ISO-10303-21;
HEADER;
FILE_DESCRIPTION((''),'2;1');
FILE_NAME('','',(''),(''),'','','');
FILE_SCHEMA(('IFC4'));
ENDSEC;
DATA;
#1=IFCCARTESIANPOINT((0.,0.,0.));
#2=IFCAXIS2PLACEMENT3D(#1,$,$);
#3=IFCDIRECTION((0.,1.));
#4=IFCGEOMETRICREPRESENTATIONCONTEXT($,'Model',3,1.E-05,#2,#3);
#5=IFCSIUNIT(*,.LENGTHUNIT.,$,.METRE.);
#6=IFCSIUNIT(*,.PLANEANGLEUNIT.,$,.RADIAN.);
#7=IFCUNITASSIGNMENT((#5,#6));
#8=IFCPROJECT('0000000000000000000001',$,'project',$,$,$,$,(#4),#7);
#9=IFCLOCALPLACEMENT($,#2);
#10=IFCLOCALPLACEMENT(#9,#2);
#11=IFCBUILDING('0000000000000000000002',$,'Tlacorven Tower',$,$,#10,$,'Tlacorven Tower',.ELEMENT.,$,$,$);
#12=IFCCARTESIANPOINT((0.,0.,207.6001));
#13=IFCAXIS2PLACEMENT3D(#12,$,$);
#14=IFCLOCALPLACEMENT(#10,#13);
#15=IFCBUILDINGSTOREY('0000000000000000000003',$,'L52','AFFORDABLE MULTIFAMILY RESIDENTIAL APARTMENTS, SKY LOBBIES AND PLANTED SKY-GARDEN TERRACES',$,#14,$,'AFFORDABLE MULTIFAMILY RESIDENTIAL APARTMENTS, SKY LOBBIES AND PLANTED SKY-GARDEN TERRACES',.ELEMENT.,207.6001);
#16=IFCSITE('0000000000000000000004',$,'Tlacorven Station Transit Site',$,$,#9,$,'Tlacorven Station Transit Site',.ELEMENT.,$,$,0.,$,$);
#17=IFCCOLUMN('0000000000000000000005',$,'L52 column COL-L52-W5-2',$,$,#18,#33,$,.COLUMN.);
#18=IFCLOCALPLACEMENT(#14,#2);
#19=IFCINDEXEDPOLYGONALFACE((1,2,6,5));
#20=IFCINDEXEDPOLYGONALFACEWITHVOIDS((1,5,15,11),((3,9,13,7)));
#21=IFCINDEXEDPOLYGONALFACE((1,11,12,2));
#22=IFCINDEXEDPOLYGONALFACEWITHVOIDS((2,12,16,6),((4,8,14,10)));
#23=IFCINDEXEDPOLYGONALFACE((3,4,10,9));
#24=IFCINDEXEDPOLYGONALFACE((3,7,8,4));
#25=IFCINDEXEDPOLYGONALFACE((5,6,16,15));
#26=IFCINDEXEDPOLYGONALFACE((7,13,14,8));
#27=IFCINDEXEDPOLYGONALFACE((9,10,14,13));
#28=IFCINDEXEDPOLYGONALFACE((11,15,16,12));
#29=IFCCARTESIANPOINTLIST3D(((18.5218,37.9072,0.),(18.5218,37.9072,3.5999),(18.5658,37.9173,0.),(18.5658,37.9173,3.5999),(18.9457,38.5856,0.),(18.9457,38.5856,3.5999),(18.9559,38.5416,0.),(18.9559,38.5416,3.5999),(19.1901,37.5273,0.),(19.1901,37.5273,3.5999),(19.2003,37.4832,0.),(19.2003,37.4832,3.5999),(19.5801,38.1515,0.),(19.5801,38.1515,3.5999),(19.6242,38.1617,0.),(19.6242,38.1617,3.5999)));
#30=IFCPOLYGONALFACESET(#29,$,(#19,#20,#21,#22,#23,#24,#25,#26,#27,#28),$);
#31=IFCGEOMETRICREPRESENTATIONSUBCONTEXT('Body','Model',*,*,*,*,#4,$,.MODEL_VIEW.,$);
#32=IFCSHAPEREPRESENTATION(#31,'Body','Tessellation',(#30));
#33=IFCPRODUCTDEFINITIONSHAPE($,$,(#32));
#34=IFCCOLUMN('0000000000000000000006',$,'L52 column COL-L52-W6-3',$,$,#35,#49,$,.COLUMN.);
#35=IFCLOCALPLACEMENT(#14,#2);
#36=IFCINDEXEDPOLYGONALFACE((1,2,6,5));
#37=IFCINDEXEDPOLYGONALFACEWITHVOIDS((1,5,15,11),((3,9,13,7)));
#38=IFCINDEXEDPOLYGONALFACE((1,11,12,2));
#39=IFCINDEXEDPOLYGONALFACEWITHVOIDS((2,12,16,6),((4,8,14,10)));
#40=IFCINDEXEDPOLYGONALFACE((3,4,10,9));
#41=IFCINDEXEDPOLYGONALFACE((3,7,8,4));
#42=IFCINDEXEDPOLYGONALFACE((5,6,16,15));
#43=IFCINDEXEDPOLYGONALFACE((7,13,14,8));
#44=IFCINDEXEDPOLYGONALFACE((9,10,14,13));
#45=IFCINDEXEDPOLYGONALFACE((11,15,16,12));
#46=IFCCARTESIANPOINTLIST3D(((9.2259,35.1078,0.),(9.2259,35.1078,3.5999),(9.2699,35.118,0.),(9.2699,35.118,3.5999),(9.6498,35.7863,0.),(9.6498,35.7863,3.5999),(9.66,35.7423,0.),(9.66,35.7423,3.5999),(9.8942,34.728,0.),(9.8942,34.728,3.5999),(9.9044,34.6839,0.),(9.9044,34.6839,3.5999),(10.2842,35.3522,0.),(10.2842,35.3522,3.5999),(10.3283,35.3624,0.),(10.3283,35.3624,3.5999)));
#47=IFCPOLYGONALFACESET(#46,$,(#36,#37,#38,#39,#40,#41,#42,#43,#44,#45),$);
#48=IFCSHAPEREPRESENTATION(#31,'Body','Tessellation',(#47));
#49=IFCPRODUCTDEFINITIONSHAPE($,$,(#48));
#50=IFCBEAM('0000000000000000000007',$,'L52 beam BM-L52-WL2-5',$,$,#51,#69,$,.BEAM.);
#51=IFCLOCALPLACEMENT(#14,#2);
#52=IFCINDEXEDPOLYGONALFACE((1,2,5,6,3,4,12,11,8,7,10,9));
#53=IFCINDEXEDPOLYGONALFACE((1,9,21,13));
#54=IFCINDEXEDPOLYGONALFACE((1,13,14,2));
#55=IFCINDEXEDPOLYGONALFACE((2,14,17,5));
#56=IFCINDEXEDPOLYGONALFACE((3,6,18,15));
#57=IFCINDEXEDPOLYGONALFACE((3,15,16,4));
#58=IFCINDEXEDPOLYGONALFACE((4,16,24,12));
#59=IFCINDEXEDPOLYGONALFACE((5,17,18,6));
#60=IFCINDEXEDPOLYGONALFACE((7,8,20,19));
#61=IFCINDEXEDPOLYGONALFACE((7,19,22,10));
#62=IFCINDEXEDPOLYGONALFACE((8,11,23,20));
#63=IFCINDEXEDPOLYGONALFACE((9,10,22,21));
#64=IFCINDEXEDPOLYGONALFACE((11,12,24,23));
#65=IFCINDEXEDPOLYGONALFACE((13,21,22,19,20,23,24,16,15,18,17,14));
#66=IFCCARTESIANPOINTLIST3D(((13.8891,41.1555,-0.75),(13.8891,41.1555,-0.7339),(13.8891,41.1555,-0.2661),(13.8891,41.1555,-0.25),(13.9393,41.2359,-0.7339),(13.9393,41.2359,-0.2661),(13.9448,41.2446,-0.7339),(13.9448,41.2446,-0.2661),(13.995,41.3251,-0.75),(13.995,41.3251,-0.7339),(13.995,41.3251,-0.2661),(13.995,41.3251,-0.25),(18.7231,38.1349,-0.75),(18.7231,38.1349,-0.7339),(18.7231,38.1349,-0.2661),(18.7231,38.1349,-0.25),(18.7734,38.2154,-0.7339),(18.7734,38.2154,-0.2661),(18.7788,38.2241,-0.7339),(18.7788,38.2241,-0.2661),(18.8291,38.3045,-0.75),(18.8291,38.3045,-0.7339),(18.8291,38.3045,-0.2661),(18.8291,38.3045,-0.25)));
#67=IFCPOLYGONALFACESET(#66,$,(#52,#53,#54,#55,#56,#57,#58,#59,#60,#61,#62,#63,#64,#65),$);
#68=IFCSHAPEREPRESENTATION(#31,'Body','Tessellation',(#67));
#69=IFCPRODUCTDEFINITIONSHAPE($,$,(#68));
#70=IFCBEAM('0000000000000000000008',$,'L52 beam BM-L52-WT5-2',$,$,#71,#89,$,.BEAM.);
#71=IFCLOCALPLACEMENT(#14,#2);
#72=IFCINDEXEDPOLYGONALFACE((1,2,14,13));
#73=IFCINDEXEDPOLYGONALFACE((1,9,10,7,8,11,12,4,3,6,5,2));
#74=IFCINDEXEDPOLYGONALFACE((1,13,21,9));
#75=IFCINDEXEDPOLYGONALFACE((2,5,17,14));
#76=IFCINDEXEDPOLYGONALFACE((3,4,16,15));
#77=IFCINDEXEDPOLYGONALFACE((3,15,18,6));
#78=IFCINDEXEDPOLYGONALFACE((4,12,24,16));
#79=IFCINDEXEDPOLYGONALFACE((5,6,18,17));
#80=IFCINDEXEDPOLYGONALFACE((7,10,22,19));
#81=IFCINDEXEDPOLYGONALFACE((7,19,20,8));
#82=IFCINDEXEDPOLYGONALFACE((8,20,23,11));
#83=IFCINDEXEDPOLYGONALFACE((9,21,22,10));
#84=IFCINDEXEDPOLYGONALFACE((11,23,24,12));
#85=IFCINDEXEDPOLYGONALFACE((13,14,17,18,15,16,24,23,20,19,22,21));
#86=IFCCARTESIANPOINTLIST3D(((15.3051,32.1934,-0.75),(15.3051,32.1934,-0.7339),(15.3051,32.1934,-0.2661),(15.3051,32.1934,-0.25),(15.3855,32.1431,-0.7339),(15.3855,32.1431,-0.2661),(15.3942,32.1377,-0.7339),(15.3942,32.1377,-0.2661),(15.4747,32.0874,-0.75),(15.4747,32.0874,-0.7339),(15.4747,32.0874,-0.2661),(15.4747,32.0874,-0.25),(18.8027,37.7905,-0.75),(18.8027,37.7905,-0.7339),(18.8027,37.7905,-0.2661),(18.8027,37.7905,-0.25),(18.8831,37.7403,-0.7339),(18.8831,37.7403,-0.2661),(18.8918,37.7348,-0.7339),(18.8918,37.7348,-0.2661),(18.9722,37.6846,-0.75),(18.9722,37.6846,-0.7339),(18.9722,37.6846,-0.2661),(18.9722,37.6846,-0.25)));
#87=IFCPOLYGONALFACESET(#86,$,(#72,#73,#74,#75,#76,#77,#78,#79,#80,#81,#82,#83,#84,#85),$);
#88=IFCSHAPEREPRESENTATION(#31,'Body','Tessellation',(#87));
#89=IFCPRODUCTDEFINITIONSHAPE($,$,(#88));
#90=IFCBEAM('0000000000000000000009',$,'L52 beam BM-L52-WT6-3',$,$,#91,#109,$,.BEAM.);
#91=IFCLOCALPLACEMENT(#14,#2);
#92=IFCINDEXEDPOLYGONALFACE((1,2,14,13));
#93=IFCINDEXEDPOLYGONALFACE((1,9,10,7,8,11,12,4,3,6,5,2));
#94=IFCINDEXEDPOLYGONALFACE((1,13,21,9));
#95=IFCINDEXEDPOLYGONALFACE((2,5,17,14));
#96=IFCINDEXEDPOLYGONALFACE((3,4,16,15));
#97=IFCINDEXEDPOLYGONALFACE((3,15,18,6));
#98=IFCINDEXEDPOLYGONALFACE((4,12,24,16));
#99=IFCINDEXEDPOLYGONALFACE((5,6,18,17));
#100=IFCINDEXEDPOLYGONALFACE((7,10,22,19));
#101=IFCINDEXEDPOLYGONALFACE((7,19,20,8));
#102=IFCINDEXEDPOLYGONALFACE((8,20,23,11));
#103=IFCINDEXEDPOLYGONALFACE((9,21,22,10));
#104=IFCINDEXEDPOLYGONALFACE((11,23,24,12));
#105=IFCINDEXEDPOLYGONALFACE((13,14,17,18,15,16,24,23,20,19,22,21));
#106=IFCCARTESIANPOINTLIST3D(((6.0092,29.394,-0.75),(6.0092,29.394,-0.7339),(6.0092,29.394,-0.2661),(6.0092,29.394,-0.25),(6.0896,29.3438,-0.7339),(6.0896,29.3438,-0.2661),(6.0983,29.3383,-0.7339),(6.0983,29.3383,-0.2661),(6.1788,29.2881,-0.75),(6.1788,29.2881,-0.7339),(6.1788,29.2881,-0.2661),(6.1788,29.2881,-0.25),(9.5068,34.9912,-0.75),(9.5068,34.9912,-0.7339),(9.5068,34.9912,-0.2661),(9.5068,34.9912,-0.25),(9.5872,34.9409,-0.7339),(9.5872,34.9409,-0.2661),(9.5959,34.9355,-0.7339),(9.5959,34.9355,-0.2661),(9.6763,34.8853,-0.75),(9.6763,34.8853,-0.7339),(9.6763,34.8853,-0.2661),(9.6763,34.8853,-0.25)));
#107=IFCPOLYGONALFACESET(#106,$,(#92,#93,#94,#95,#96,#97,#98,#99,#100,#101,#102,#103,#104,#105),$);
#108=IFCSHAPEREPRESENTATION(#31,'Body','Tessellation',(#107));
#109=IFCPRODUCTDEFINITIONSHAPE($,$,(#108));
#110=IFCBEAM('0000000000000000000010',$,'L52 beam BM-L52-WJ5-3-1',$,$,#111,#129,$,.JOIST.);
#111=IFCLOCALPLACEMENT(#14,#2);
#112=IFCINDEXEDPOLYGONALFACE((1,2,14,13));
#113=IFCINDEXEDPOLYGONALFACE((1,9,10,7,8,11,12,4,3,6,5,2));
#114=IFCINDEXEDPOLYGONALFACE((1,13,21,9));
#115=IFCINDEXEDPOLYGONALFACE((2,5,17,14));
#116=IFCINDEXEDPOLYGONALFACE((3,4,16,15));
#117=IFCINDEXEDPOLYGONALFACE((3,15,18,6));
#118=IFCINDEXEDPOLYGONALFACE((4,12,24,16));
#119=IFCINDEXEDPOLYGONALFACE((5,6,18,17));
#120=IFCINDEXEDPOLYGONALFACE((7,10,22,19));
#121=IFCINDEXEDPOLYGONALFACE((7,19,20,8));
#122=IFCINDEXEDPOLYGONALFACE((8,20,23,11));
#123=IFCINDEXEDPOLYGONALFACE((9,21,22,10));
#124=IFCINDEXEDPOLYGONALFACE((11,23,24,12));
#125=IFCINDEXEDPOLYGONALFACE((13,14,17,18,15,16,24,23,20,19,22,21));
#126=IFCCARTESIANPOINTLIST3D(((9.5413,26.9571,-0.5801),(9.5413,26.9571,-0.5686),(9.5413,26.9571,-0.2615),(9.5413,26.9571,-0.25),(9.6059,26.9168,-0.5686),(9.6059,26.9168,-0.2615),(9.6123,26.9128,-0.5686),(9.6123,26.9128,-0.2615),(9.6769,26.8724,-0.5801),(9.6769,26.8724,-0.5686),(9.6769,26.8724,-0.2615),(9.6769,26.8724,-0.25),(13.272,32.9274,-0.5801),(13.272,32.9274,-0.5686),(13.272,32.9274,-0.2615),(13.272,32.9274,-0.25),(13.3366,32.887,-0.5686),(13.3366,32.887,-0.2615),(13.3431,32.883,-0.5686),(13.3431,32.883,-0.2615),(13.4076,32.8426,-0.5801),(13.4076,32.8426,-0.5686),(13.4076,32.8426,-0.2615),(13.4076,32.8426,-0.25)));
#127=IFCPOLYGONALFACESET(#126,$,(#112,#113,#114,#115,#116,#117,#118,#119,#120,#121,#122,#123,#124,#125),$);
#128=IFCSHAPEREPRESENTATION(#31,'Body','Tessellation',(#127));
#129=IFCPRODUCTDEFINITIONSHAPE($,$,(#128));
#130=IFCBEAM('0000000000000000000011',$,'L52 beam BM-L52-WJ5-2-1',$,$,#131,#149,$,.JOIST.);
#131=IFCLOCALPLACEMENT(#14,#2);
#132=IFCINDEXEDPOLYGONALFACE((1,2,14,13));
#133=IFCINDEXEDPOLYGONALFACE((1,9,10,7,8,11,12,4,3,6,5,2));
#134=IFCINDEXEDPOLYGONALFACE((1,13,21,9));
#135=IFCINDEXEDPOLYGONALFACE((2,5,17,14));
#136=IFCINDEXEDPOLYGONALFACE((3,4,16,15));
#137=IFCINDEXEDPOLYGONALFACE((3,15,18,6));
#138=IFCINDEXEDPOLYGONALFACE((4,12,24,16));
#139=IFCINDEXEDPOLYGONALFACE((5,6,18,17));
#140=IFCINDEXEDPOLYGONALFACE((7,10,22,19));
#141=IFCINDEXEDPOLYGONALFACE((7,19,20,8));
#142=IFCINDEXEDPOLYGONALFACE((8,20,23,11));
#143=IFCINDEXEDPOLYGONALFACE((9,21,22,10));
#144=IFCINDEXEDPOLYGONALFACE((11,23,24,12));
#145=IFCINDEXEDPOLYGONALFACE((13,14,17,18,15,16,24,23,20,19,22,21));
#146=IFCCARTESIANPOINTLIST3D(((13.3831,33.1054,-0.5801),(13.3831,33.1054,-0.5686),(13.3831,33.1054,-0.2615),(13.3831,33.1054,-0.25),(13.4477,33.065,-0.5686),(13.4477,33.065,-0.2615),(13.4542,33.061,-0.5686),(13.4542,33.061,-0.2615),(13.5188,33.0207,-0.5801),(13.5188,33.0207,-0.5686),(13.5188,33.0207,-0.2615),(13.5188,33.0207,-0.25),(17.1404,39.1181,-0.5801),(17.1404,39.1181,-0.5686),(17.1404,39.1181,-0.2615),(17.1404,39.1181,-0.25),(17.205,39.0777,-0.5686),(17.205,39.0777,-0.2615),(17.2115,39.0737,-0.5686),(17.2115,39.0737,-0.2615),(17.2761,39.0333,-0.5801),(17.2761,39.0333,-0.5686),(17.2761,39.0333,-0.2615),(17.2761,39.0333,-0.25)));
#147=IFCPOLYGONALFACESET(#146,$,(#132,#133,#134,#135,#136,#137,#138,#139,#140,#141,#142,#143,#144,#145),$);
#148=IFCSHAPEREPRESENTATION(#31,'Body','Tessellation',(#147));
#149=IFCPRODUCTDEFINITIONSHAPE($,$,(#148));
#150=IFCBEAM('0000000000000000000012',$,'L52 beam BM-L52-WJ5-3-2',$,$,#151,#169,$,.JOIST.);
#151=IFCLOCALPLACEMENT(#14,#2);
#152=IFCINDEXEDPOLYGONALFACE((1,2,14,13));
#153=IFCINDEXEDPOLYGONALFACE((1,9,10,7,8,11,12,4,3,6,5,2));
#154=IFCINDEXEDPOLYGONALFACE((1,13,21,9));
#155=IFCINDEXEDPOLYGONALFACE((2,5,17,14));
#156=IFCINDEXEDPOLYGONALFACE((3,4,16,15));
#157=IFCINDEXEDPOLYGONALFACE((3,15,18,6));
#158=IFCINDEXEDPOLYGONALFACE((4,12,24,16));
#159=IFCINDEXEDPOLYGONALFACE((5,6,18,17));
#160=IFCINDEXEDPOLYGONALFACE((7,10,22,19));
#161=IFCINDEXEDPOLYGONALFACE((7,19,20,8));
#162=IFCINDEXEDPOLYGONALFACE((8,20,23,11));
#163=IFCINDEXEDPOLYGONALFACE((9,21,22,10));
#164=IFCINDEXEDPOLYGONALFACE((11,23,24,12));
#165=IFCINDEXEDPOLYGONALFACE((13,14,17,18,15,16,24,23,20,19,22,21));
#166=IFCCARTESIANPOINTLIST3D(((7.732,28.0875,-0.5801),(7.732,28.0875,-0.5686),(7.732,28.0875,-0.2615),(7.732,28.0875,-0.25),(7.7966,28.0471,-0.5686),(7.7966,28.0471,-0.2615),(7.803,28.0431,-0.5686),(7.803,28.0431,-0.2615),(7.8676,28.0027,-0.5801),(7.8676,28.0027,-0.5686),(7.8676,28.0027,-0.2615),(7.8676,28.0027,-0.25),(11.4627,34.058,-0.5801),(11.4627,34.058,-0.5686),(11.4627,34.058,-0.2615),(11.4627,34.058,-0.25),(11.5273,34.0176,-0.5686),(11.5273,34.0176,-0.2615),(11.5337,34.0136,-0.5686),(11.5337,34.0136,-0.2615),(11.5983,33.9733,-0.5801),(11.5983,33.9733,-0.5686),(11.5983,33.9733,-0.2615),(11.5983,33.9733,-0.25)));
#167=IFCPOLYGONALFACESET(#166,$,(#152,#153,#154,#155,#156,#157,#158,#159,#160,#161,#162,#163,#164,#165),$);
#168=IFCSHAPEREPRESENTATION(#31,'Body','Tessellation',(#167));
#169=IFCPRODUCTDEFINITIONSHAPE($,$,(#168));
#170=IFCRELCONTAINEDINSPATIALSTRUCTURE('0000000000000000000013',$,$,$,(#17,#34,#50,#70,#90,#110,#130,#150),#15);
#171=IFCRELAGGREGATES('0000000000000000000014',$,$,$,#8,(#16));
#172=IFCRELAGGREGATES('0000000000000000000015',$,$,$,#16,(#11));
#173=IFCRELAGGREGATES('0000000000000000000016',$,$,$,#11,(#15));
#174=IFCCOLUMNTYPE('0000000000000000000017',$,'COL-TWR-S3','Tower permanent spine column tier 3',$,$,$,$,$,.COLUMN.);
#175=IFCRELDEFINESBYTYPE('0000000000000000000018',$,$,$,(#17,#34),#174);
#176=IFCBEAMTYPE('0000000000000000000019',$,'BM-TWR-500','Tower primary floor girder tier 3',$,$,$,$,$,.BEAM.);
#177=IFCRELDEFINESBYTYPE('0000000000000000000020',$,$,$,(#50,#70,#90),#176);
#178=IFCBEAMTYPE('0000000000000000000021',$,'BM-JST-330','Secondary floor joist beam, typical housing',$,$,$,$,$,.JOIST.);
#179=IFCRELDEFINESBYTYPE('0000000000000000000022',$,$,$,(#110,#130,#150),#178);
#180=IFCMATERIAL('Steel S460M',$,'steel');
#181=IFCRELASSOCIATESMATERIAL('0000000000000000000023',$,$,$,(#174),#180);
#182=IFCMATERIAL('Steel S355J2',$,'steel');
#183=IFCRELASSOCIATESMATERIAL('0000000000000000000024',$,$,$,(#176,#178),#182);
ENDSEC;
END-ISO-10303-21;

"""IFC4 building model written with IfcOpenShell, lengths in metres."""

from ifc_helpers import new_model, si_unit, direction, frame, origin, origin_2d, place, context, subcontext, project, spatial, hollow_rectangle, i_section, extrude, source, transform, mapped, material, material_profile, profile_set, type_object, element, save


model = new_model("IFC4")

# Units and contexts
model_context = context("Model", 3, precision=1e-05, world=origin(), true_north=direction((0.0, 1.0)))
body_context = subcontext(model_context, "Body", "Model", "MODEL_VIEW")
ifc_project = project(units=[si_unit("LENGTHUNIT", "METRE"), si_unit("PLANEANGLEUNIT", "RADIAN")], contexts=[model_context])

# Site, building, storey
site_placement = place(None, origin())
site = spatial("IfcSite", under=ifc_project, at=site_placement, Name="Tlacorven Station Transit Site", LongName="Tlacorven Station Transit Site", CompositionType="ELEMENT", RefElevation=0.0)
building_placement = place(site_placement, origin())
building = spatial("IfcBuilding", under=site, at=building_placement, Name="Tlacorven Tower", LongName="Tlacorven Tower", CompositionType="ELEMENT")
storey_placement = place(building_placement, frame((0.0, 0.0, 207.6001)))
storey = spatial("IfcBuildingStorey", under=building, at=storey_placement, Name="L52", Description="AFFORDABLE MULTIFAMILY RESIDENTIAL APARTMENTS, SKY LOBBIES AND PLANTED SKY-GARDEN TERRACES", LongName="AFFORDABLE MULTIFAMILY RESIDENTIAL APARTMENTS, SKY LOBBIES AND PLANTED SKY-GARDEN TERRACES", CompositionType="ELEMENT", Elevation=207.6001)

# Columns
ifc_material_1 = material(Name="Steel S460M", Category="steel")
ifc_material_profile_1 = material_profile(ifc_material_1, hollow_rectangle(XDim=0.8, YDim=0.8, WallThickness=0.032, at=origin_2d()), Name="BOX 800X800X32")
ifc_profile_set_1 = profile_set([ifc_material_profile_1], Name="Steel S460M")
column_type = type_object("IfcColumnType", Name="COL-TWR-S3", Description="Tower permanent spine column tier 3", PredefinedType="COLUMN", material=ifc_profile_set_1)
shared_shape_1 = source(origin(), body_context, "Body", "SweptSolid", [
    extrude(hollow_rectangle(XDim=0.8, YDim=0.8, WallThickness=0.032, at=origin_2d()), origin(), (0.0, 0.0, 1.0), 3.5999),
])
for number, where, z_axis, x_axis, name in (
    (1, (19.073, 38.0344, 0.0), (0.0, 0.0, 1.0), (-0.848048, 0.529919, 0.0), "L52 column COL-L52-W5-2"),
    (2, (9.7771, 35.2351, 0.0), (0.0, 0.0, 1.0), (-0.848048, 0.529919, 0.0), "L52 column COL-L52-W6-3"),
):
    element("IfcColumn", number, at=place(storey_placement, frame(where, z_axis=z_axis, x_axis=x_axis)), inside=storey, type_object=column_type, Name=name, PredefinedType="COLUMN", context=body_context, shape_type="MappedRepresentation", body=[
        mapped(shared_shape_1, transform((0.0, 0.0, 0.0), scale=1.0)),
    ])

# Beams
ifc_material_2 = material(Name="Steel S355J2", Category="steel")
ifc_material_profile_2 = material_profile(ifc_material_2, i_section(OverallWidth=0.2, OverallDepth=0.5, WebThickness=0.0103, FlangeThickness=0.0161, at=origin_2d()), Name="IPE 500")
ifc_profile_set_2 = profile_set([ifc_material_profile_2], Name="Steel S355J2")
beam_type_1 = type_object("IfcBeamType", Name="BM-TWR-500", Description="Tower primary floor girder tier 3", PredefinedType="BEAM", material=ifc_profile_set_2)
shared_shape_2 = source(origin(), body_context, "Body", "SweptSolid", [
    extrude(i_section(OverallWidth=0.2, OverallDepth=0.5, WebThickness=0.0103, FlangeThickness=0.0161, at=origin_2d()), origin(), (0.0, 0.0, 1.0), 5.7002),
])
beam_1_placement = place(storey_placement, frame((18.7761, 38.2197, -0.5), z_axis=(-0.848056, 0.529907, 0.0), x_axis=(-0.529907, -0.848056, 0.0)))
element("IfcBeam", 3, at=beam_1_placement, inside=storey, type_object=beam_type_1, Name="L52 beam BM-L52-WL2-5", PredefinedType="BEAM", context=body_context, shape_type="MappedRepresentation", body=[
    mapped(shared_shape_2, transform((0.0, 0.0, 0.0), scale=1.0)),
])
shared_shape_3 = source(origin(), body_context, "Body", "SweptSolid", [
    extrude(i_section(OverallWidth=0.2, OverallDepth=0.5, WebThickness=0.0103, FlangeThickness=0.0161, at=origin_2d()), origin(), (0.0, 0.0, 1.0), 6.6001),
])
for number, where, z_axis, x_axis, name in (
    (4, (18.8875, 37.7375, -0.5), (-0.529926, -0.848044, 0.0), (0.848044, -0.529926, 0.0), "L52 beam BM-L52-WT5-2"),
    (5, (9.5916, 34.9382, -0.5), (-0.529926, -0.848044, 0.0), (0.848044, -0.529926, 0.0), "L52 beam BM-L52-WT6-3"),
):
    element("IfcBeam", number, at=place(storey_placement, frame(where, z_axis=z_axis, x_axis=x_axis)), inside=storey, type_object=beam_type_1, Name=name, PredefinedType="BEAM", context=body_context, shape_type="MappedRepresentation", body=[
        mapped(shared_shape_3, transform((0.0, 0.0, 0.0), scale=1.0)),
    ])
ifc_material_profile_3 = material_profile(ifc_material_2, i_section(OverallWidth=0.1599, OverallDepth=0.3301, WebThickness=0.0076, FlangeThickness=0.0115, at=origin_2d()), Name="IPE 330")
ifc_profile_set_3 = profile_set([ifc_material_profile_3], Name="Steel S355J2")
beam_type_2 = type_object("IfcBeamType", Name="BM-JST-330", Description="Secondary floor joist beam, typical housing", PredefinedType="JOIST", material=ifc_profile_set_3)
shared_shape_4 = source(origin(), body_context, "Body", "SweptSolid", [
    extrude(i_section(OverallWidth=0.1599, OverallDepth=0.3301, WebThickness=0.0076, FlangeThickness=0.0115, at=origin_2d()), origin(), (0.0, 0.0, 1.0), 7.04),
])
beam_2_placement = place(storey_placement, frame((13.3398, 32.885, -0.415), z_axis=(-0.52993, -0.848041, 0.0), x_axis=(0.848041, -0.52993, 0.0)))
element("IfcBeam", 6, at=beam_2_placement, inside=storey, type_object=beam_type_2, Name="L52 beam BM-L52-WJ5-3-1", PredefinedType="JOIST", context=body_context, shape_type="MappedRepresentation", body=[
    mapped(shared_shape_4, transform((0.0, 0.0, 0.0), scale=1.0)),
])
shared_shape_5 = source(origin(), body_context, "Body", "SweptSolid", [
    extrude(i_section(OverallWidth=0.1599, OverallDepth=0.3301, WebThickness=0.0076, FlangeThickness=0.0115, at=origin_2d()), origin(), (0.0, 0.0, 1.0), 7.0901),
])
beam_3_placement = place(storey_placement, frame((17.2083, 39.0757, -0.415), z_axis=(-0.529937, -0.848037, 0.0), x_axis=(0.848037, -0.529937, 0.0)))
element("IfcBeam", 7, at=beam_3_placement, inside=storey, type_object=beam_type_2, Name="L52 beam BM-L52-WJ5-2-1", PredefinedType="JOIST", context=body_context, shape_type="MappedRepresentation", body=[
    mapped(shared_shape_5, transform((0.0, 0.0, 0.0), scale=1.0)),
])
shared_shape_6 = source(origin(), body_context, "Body", "SweptSolid", [
    extrude(i_section(OverallWidth=0.1599, OverallDepth=0.3301, WebThickness=0.0076, FlangeThickness=0.0115, at=origin_2d()), origin(), (0.0, 0.0, 1.0), 7.0403),
])
beam_4_placement = place(storey_placement, frame((11.5305, 34.0156, -0.415), z_axis=(-0.529915, -0.848051, 0.0), x_axis=(0.848051, -0.529915, 0.0)))
element("IfcBeam", 8, at=beam_4_placement, inside=storey, type_object=beam_type_2, Name="L52 beam BM-L52-WJ5-3-2", PredefinedType="JOIST", context=body_context, shape_type="MappedRepresentation", body=[
    mapped(shared_shape_6, transform((0.0, 0.0, 0.0), scale=1.0)),
])

save(model, "model.ifc")
